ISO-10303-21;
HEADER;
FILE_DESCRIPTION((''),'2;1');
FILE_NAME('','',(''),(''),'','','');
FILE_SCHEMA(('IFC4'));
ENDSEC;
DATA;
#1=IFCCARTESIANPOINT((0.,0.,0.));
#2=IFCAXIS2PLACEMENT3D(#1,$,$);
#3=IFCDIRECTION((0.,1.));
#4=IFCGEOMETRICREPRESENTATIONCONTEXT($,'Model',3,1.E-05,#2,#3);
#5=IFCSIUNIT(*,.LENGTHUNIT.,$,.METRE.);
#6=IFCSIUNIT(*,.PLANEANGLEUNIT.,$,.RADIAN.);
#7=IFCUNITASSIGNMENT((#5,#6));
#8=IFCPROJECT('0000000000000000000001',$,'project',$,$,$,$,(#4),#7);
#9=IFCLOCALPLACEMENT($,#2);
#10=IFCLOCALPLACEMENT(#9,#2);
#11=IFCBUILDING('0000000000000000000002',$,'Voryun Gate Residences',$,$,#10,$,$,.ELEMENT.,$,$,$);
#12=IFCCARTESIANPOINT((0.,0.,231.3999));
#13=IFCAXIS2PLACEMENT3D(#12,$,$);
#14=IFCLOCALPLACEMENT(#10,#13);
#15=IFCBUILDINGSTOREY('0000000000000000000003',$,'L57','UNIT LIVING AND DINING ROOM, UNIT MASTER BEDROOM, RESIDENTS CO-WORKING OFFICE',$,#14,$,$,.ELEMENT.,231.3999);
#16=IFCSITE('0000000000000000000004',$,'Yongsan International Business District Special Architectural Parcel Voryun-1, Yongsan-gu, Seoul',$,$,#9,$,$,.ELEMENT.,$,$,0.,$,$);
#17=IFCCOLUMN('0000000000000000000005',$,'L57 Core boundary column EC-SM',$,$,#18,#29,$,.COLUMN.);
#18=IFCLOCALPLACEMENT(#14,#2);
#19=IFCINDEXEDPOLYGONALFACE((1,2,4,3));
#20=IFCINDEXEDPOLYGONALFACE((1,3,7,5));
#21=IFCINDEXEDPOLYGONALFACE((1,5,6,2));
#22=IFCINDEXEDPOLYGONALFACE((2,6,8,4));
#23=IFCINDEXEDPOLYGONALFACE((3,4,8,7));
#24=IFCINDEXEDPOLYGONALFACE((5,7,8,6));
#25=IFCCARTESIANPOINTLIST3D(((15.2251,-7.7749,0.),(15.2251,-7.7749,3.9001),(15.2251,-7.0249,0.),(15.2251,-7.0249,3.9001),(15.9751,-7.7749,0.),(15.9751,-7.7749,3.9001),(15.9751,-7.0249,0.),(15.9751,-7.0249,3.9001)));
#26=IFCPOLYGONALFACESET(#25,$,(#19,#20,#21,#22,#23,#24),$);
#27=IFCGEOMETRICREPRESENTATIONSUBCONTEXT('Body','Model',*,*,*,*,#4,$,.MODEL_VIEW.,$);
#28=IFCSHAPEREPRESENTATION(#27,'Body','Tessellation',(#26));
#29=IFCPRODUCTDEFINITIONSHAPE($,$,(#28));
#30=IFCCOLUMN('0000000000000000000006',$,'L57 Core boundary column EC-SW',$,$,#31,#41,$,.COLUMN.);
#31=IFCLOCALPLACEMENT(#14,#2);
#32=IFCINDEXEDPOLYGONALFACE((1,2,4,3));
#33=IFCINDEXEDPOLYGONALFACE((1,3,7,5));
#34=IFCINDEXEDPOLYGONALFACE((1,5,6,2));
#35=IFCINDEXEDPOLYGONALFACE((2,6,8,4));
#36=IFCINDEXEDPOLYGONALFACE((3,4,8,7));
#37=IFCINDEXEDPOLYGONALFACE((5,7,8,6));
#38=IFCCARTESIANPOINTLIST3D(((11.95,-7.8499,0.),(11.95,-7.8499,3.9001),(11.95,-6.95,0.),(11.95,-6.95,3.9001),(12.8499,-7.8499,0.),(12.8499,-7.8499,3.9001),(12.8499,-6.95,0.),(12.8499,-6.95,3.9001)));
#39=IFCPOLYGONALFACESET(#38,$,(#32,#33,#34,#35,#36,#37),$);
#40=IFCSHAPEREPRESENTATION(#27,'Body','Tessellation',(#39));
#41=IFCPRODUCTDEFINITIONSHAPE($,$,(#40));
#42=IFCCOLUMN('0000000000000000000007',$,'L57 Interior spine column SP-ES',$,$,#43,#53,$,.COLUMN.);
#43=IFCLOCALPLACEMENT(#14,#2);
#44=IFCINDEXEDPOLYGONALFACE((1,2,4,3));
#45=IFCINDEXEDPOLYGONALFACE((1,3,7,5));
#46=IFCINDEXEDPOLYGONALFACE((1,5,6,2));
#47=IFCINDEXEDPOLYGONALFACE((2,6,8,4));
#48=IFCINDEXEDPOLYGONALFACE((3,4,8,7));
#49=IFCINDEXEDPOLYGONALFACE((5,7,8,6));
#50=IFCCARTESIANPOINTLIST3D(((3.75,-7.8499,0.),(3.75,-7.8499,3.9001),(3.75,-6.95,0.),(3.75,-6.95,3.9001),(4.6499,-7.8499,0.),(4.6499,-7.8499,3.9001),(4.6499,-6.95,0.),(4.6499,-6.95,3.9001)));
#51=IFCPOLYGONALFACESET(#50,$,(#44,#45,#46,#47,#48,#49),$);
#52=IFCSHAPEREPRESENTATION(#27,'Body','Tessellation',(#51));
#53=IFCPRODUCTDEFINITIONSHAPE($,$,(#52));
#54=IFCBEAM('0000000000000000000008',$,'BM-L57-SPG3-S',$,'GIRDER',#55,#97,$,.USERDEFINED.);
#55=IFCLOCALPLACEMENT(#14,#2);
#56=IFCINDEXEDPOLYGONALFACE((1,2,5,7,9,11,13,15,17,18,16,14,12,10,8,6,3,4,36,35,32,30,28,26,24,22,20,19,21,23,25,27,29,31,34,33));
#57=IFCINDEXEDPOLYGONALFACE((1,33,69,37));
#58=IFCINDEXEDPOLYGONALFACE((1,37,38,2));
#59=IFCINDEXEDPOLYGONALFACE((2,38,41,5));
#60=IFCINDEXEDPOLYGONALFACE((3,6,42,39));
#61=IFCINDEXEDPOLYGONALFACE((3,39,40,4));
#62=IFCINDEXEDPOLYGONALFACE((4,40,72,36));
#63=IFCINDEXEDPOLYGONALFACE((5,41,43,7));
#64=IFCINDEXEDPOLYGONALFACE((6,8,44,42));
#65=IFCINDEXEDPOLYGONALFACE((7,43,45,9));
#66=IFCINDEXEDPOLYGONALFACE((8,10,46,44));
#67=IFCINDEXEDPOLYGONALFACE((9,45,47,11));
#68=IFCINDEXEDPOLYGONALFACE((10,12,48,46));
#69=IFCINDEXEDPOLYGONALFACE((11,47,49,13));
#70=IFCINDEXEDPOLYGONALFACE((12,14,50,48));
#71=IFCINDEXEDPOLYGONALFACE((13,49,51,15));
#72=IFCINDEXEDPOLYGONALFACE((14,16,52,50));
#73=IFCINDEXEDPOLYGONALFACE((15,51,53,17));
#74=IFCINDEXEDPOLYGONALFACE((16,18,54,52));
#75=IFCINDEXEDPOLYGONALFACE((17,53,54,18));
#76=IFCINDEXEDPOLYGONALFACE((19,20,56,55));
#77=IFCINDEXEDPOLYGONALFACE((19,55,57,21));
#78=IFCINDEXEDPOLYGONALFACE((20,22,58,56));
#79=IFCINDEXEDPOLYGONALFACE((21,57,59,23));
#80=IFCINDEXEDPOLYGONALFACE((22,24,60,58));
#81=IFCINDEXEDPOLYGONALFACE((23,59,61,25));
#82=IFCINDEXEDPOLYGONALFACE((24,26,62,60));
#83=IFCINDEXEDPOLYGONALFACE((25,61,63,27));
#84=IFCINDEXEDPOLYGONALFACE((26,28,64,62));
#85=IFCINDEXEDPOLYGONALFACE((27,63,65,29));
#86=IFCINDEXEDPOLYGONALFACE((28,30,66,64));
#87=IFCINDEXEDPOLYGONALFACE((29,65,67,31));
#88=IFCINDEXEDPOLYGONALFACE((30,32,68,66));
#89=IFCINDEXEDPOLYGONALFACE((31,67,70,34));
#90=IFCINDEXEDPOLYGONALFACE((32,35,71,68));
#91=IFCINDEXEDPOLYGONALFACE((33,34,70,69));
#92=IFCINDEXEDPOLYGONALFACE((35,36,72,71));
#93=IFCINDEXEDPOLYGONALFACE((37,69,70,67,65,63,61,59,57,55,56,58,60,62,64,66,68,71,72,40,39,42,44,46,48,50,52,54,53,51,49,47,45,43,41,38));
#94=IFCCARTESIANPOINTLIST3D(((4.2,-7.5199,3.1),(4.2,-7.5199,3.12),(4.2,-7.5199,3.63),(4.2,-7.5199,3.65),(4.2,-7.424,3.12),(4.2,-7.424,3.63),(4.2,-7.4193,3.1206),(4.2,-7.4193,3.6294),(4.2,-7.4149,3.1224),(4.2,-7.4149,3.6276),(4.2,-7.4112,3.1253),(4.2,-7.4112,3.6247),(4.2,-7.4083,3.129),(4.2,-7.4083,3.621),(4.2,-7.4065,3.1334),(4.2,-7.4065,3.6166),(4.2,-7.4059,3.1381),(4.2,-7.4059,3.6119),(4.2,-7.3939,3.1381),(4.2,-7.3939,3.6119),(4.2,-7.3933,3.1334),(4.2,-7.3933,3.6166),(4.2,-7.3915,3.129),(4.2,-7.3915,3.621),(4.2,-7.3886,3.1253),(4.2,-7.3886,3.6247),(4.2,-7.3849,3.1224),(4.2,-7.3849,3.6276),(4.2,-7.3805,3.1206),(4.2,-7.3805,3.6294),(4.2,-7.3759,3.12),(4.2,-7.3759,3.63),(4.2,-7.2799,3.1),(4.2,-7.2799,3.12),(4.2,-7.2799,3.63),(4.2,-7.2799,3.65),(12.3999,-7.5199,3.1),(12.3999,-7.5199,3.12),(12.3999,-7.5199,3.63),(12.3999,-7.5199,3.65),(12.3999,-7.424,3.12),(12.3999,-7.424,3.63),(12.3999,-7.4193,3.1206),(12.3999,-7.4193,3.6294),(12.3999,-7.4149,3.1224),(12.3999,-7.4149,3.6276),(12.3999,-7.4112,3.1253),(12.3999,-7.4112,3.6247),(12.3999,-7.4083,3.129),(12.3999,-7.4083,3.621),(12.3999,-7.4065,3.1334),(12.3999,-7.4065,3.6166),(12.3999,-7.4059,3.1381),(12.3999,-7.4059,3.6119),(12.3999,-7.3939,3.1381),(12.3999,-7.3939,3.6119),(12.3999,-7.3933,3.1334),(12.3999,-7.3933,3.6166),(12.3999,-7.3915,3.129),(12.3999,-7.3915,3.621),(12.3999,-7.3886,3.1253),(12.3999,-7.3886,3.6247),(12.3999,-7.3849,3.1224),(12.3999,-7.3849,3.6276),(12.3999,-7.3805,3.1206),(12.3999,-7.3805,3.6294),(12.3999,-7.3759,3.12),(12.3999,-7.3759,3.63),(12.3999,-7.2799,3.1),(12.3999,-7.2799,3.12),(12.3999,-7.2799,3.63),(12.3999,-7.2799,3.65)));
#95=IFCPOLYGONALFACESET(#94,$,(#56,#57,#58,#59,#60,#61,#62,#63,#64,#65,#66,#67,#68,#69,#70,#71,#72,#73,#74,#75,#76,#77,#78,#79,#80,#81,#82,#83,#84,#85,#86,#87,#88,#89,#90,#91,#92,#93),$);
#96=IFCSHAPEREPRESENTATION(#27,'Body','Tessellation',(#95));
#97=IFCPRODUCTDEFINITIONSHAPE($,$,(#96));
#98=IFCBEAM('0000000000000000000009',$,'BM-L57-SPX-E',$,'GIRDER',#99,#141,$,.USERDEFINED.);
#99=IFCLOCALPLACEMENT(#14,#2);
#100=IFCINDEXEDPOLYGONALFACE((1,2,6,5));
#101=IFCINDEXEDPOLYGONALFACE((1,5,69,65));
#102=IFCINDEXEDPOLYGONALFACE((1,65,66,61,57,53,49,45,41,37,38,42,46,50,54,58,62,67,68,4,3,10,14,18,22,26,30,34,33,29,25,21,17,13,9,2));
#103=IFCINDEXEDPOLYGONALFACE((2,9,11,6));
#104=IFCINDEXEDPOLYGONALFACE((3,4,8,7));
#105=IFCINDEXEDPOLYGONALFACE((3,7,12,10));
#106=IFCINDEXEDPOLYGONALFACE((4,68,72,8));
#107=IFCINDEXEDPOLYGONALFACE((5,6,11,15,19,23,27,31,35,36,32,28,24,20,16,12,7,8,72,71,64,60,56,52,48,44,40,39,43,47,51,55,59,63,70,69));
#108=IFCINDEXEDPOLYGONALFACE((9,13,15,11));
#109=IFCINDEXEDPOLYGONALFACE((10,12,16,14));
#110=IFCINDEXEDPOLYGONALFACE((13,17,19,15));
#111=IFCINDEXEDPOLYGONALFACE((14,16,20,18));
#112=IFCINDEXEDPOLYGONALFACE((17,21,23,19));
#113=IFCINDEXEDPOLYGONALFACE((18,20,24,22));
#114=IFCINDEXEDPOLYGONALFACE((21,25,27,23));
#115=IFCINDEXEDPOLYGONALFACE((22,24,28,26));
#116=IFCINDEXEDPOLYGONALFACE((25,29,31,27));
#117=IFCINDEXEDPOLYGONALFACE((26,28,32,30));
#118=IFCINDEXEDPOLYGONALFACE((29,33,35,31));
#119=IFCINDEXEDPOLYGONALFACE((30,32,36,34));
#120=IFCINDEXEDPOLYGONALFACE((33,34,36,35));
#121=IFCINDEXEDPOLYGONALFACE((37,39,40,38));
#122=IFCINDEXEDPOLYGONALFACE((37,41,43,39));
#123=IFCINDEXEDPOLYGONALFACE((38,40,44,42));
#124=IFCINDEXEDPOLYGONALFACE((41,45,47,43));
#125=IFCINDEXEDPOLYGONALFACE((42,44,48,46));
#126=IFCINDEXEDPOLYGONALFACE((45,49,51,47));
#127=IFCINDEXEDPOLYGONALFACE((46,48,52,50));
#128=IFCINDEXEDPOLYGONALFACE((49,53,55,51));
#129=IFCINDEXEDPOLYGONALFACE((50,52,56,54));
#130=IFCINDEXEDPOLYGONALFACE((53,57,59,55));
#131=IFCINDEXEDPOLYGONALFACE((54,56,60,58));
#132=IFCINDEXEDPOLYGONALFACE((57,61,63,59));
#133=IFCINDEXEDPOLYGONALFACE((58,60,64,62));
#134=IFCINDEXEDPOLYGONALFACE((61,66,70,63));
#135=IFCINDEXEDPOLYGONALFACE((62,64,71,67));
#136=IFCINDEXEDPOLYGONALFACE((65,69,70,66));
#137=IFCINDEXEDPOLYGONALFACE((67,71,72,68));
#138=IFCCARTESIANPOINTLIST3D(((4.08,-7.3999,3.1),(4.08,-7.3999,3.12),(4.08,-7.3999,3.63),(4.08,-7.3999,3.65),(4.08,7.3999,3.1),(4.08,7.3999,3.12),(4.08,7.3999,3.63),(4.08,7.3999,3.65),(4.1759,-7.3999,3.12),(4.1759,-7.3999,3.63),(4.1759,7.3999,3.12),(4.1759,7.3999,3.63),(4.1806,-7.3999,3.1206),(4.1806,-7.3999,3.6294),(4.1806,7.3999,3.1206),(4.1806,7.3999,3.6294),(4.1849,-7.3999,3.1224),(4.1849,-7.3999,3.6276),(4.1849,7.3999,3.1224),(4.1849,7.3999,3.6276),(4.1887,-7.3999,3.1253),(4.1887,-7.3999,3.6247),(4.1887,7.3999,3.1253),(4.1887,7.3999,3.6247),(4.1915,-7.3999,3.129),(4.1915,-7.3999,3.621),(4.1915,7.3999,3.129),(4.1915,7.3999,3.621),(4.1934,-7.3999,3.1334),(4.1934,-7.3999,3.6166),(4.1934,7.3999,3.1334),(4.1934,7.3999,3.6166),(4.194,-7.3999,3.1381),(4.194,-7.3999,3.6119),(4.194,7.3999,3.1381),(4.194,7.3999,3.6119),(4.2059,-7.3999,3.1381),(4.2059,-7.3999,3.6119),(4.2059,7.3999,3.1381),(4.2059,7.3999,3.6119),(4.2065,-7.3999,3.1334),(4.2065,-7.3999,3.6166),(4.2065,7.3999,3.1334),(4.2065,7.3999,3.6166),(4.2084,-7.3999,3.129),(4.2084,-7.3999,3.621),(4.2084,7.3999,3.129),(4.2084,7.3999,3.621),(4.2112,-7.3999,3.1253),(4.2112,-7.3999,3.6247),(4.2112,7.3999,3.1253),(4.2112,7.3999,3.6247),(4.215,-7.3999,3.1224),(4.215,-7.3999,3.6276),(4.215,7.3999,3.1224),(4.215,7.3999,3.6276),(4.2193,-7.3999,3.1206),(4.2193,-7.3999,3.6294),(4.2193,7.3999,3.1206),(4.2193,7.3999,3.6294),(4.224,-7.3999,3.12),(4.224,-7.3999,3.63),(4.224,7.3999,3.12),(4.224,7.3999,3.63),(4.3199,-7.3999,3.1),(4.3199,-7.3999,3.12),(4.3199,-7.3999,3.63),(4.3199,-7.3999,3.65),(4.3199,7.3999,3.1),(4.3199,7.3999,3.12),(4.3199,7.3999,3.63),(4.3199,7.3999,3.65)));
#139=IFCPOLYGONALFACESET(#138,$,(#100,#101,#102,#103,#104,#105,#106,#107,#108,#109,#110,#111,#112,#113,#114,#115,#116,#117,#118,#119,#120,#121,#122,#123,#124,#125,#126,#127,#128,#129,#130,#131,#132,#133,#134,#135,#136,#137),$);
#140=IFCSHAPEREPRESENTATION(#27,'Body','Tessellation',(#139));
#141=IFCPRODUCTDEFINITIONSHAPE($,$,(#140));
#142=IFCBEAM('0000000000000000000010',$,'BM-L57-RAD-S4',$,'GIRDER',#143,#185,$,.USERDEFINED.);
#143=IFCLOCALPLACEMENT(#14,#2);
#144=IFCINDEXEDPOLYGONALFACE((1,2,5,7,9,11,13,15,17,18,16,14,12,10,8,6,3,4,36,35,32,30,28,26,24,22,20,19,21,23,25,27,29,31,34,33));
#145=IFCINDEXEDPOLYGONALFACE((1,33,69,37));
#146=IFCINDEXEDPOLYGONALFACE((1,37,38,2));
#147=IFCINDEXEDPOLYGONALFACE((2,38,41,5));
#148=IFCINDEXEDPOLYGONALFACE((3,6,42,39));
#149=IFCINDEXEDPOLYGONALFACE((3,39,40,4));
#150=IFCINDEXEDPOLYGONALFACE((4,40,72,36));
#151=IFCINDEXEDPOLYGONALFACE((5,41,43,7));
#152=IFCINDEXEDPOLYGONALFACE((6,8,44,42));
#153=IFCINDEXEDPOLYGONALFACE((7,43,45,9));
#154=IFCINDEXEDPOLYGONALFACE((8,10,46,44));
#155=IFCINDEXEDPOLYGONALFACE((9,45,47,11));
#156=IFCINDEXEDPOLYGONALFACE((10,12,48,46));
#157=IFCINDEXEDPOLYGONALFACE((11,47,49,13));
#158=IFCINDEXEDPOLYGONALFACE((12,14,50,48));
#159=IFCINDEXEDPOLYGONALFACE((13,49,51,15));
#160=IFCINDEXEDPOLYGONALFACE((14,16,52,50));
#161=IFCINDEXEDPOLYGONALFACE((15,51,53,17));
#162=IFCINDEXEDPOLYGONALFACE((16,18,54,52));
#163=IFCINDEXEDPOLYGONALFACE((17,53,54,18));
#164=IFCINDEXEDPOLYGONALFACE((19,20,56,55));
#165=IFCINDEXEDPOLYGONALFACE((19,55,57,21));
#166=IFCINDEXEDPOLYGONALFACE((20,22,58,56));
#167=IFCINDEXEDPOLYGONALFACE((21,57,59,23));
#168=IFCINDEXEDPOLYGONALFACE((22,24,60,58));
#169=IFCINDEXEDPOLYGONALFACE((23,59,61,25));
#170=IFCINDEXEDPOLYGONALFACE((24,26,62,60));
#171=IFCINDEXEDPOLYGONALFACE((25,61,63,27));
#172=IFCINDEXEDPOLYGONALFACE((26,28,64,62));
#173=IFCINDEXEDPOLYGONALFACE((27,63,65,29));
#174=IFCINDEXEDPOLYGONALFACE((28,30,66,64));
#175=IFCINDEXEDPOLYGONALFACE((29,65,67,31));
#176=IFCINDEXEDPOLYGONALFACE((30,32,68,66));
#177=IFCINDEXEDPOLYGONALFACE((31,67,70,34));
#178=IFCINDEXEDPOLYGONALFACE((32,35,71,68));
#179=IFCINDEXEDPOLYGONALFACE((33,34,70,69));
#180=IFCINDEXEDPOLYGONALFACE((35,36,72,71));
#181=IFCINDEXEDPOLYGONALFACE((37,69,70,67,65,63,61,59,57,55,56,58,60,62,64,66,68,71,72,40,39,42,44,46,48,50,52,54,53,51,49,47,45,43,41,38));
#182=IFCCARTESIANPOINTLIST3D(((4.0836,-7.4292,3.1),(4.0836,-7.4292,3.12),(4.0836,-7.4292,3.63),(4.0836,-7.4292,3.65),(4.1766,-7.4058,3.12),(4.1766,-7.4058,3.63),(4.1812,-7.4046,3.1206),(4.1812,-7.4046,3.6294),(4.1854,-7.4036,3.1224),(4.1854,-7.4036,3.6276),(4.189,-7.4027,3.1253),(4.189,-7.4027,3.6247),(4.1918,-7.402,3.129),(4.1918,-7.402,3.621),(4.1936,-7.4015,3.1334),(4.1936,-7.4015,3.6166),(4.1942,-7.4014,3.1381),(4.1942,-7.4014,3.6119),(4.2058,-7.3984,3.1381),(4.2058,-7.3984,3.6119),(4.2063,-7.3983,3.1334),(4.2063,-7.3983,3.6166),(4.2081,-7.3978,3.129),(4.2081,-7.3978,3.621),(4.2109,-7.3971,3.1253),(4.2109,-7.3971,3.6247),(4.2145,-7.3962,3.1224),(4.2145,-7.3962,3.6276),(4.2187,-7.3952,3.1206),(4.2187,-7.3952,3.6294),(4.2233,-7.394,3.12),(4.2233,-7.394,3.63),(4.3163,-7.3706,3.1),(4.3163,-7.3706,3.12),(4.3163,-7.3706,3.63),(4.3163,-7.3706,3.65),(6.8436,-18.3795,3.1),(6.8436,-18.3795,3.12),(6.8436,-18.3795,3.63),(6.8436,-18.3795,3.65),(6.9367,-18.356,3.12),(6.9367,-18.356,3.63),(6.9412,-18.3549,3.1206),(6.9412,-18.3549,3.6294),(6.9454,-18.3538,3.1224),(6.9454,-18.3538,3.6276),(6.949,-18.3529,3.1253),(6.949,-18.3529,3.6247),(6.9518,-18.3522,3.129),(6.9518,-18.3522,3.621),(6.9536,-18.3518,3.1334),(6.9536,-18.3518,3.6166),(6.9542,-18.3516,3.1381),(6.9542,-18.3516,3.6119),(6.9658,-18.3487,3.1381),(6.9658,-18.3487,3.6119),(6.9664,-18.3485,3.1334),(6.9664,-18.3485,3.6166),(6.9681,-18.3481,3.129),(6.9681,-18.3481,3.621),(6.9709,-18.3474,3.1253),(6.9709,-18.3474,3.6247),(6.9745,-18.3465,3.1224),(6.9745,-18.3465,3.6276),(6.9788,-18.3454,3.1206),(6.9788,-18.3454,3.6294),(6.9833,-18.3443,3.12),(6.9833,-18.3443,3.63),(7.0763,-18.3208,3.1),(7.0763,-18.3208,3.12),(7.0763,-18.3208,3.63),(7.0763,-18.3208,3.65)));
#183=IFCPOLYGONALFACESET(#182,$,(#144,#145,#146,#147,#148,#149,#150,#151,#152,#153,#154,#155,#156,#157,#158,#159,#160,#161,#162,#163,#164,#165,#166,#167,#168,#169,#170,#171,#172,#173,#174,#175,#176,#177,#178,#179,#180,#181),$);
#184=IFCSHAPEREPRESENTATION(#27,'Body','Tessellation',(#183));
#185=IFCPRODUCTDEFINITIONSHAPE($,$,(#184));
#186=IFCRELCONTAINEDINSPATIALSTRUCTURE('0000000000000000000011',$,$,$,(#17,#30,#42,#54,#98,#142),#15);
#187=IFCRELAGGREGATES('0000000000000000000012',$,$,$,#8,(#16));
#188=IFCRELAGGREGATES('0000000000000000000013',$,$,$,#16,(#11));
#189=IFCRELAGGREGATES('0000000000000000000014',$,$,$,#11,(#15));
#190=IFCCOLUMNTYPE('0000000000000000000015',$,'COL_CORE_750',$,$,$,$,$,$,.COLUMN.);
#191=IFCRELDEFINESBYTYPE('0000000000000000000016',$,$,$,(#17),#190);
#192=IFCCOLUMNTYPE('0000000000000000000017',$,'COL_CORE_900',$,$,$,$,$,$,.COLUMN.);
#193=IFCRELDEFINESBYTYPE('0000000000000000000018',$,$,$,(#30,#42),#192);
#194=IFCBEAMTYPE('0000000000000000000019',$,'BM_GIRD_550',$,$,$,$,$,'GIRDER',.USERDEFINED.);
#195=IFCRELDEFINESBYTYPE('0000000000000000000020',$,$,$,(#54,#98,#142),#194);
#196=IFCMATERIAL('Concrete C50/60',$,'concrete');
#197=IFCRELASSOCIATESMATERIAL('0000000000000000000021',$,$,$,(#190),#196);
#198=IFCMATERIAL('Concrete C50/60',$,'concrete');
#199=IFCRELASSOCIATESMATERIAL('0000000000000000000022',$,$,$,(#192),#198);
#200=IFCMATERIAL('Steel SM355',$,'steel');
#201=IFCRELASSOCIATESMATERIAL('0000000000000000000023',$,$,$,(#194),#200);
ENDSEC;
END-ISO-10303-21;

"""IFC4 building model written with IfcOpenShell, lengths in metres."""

from ifc_helpers import new_model, si_unit, direction, frame, origin, origin_2d, place, context, subcontext, project, spatial, rectangle, i_section, extrude, material, material_profile, profile_set, type_object, element, save


model = new_model("IFC4")

# Units and contexts
model_context = context("Model", 3, precision=1e-05, world=origin(), true_north=direction((0.0, 1.0)))
body_context = subcontext(model_context, "Body", "Model", "MODEL_VIEW")
ifc_project = project(units=[si_unit("LENGTHUNIT", "METRE"), si_unit("PLANEANGLEUNIT", "RADIAN")], contexts=[model_context])

# Site, building, storey
site_placement = place(None, origin())
site = spatial("IfcSite", under=ifc_project, at=site_placement, Name="Yongsan International Business District Special Architectural Parcel Voryun-1, Yongsan-gu, Seoul", CompositionType="ELEMENT", RefElevation=0.0)
building_placement = place(site_placement, origin())
building = spatial("IfcBuilding", under=site, at=building_placement, Name="Voryun Gate Residences", CompositionType="ELEMENT")
storey_placement = place(building_placement, frame((0.0, 0.0, 231.3999)))
storey = spatial("IfcBuildingStorey", under=building, at=storey_placement, Name="L57", Description="UNIT LIVING AND DINING ROOM, UNIT MASTER BEDROOM, RESIDENTS CO-WORKING OFFICE", CompositionType="ELEMENT", Elevation=231.3999)

# Columns
ifc_material_1 = material(Name="Concrete C50/60", Category="concrete")
ifc_material_profile_1 = material_profile(ifc_material_1, rectangle(XDim=0.75, YDim=0.75, at=origin_2d()), Name="RC-750x750")
ifc_profile_set_1 = profile_set([ifc_material_profile_1], Name="Concrete C50/60")
column_type_1 = type_object("IfcColumnType", Name="COL_CORE_750", PredefinedType="COLUMN", material=ifc_profile_set_1)
column_placement = place(storey_placement, frame((15.6001, -7.3999, 0.0), z_axis=(0.0, 0.0, 1.0), x_axis=(1.0, 0.0, 0.0)))
element("IfcColumn", 1, at=column_placement, inside=storey, type_object=column_type_1, Name="L57 Core boundary column EC-SM", PredefinedType="COLUMN", context=body_context, shape_type="SweptSolid", body=[
    extrude(rectangle(XDim=0.75, YDim=0.75, at=origin_2d()), origin(), (0.0, 0.0, 1.0), 3.9001),
])
ifc_material_2 = material(Name="Concrete C50/60", Category="concrete")
ifc_material_profile_2 = material_profile(ifc_material_2, rectangle(XDim=0.8999, YDim=0.8999, at=origin_2d()), Name="RC-900x900")
ifc_profile_set_2 = profile_set([ifc_material_profile_2], Name="Concrete C50/60")
column_type_2 = type_object("IfcColumnType", Name="COL_CORE_900", PredefinedType="COLUMN", material=ifc_profile_set_2)
for number, where, z_axis, x_axis, name in (
    (2, (12.3999, -7.3999, 0.0), (0.0, 0.0, 1.0), (1.0, 0.0, 0.0), "L57 Core boundary column EC-SW"),
    (3, (4.2, -7.3999, 0.0), (0.0, 0.0, 1.0), (1.0, 0.0, 0.0), "L57 Interior spine column SP-ES"),
):
    element("IfcColumn", number, at=place(storey_placement, frame(where, z_axis=z_axis, x_axis=x_axis)), inside=storey, type_object=column_type_2, Name=name, PredefinedType="COLUMN", context=body_context, shape_type="SweptSolid", body=[
        extrude(rectangle(XDim=0.8999, YDim=0.8999, at=origin_2d()), origin(), (0.0, 0.0, 1.0), 3.9001),
    ])

# Beams
ifc_material_3 = material(Name="Steel SM355", Category="steel")
ifc_material_profile_3 = material_profile(ifc_material_3, i_section(OverallWidth=0.24, OverallDepth=0.55, WebThickness=0.012, FlangeThickness=0.02, FilletRadius=0.0181, at=origin_2d()), Name="H-550x240x12x20")
ifc_profile_set_3 = profile_set([ifc_material_profile_3], Name="Steel SM355")
beam_type_1 = type_object("IfcBeamType", Name="BM_GIRD_550", ElementType="GIRDER", PredefinedType="USERDEFINED", material=ifc_profile_set_3)
beam_1_placement = place(storey_placement, frame((4.2, -7.3999, 3.375), z_axis=(1.0, 0.0, 0.0), x_axis=(0.0, 1.0, 0.0)))
element("IfcBeam", 4, at=beam_1_placement, inside=storey, type_object=beam_type_1, Name="BM-L57-SPG3-S", ObjectType="GIRDER", PredefinedType="USERDEFINED", context=body_context, shape_type="SweptSolid", body=[
    extrude(i_section(OverallWidth=0.24, OverallDepth=0.55, WebThickness=0.012, FlangeThickness=0.02, FilletRadius=0.0181, at=origin_2d()), origin(), (0.0, 0.0, 1.0), 8.2),
])
beam_2_placement = place(storey_placement, frame((4.2, -7.3999, 3.375), z_axis=(0.0, 1.0, 0.0), x_axis=(-1.0, 0.0, 0.0)))
element("IfcBeam", 5, at=beam_2_placement, inside=storey, type_object=beam_type_1, Name="BM-L57-SPX-E", ObjectType="GIRDER", PredefinedType="USERDEFINED", context=body_context, shape_type="SweptSolid", body=[
    extrude(i_section(OverallWidth=0.24, OverallDepth=0.55, WebThickness=0.012, FlangeThickness=0.02, FilletRadius=0.0181, at=origin_2d()), origin(), (0.0, 0.0, 1.0), 14.7998),
])
beam_3_placement = place(storey_placement, frame((4.2, -7.3999, 3.375), z_axis=(0.244407, -0.969673, 0.0), x_axis=(0.969673, 0.244407, 0.0)))
element("IfcBeam", 6, at=beam_3_placement, inside=storey, type_object=beam_type_1, Name="BM-L57-RAD-S4", ObjectType="GIRDER", PredefinedType="USERDEFINED", context=body_context, shape_type="SweptSolid", body=[
    extrude(i_section(OverallWidth=0.24, OverallDepth=0.55, WebThickness=0.012, FlangeThickness=0.02, FilletRadius=0.0181, at=origin_2d()), origin(), (0.0, 0.0, 1.0), 11.2927),
])

save(model, "model.ifc")
